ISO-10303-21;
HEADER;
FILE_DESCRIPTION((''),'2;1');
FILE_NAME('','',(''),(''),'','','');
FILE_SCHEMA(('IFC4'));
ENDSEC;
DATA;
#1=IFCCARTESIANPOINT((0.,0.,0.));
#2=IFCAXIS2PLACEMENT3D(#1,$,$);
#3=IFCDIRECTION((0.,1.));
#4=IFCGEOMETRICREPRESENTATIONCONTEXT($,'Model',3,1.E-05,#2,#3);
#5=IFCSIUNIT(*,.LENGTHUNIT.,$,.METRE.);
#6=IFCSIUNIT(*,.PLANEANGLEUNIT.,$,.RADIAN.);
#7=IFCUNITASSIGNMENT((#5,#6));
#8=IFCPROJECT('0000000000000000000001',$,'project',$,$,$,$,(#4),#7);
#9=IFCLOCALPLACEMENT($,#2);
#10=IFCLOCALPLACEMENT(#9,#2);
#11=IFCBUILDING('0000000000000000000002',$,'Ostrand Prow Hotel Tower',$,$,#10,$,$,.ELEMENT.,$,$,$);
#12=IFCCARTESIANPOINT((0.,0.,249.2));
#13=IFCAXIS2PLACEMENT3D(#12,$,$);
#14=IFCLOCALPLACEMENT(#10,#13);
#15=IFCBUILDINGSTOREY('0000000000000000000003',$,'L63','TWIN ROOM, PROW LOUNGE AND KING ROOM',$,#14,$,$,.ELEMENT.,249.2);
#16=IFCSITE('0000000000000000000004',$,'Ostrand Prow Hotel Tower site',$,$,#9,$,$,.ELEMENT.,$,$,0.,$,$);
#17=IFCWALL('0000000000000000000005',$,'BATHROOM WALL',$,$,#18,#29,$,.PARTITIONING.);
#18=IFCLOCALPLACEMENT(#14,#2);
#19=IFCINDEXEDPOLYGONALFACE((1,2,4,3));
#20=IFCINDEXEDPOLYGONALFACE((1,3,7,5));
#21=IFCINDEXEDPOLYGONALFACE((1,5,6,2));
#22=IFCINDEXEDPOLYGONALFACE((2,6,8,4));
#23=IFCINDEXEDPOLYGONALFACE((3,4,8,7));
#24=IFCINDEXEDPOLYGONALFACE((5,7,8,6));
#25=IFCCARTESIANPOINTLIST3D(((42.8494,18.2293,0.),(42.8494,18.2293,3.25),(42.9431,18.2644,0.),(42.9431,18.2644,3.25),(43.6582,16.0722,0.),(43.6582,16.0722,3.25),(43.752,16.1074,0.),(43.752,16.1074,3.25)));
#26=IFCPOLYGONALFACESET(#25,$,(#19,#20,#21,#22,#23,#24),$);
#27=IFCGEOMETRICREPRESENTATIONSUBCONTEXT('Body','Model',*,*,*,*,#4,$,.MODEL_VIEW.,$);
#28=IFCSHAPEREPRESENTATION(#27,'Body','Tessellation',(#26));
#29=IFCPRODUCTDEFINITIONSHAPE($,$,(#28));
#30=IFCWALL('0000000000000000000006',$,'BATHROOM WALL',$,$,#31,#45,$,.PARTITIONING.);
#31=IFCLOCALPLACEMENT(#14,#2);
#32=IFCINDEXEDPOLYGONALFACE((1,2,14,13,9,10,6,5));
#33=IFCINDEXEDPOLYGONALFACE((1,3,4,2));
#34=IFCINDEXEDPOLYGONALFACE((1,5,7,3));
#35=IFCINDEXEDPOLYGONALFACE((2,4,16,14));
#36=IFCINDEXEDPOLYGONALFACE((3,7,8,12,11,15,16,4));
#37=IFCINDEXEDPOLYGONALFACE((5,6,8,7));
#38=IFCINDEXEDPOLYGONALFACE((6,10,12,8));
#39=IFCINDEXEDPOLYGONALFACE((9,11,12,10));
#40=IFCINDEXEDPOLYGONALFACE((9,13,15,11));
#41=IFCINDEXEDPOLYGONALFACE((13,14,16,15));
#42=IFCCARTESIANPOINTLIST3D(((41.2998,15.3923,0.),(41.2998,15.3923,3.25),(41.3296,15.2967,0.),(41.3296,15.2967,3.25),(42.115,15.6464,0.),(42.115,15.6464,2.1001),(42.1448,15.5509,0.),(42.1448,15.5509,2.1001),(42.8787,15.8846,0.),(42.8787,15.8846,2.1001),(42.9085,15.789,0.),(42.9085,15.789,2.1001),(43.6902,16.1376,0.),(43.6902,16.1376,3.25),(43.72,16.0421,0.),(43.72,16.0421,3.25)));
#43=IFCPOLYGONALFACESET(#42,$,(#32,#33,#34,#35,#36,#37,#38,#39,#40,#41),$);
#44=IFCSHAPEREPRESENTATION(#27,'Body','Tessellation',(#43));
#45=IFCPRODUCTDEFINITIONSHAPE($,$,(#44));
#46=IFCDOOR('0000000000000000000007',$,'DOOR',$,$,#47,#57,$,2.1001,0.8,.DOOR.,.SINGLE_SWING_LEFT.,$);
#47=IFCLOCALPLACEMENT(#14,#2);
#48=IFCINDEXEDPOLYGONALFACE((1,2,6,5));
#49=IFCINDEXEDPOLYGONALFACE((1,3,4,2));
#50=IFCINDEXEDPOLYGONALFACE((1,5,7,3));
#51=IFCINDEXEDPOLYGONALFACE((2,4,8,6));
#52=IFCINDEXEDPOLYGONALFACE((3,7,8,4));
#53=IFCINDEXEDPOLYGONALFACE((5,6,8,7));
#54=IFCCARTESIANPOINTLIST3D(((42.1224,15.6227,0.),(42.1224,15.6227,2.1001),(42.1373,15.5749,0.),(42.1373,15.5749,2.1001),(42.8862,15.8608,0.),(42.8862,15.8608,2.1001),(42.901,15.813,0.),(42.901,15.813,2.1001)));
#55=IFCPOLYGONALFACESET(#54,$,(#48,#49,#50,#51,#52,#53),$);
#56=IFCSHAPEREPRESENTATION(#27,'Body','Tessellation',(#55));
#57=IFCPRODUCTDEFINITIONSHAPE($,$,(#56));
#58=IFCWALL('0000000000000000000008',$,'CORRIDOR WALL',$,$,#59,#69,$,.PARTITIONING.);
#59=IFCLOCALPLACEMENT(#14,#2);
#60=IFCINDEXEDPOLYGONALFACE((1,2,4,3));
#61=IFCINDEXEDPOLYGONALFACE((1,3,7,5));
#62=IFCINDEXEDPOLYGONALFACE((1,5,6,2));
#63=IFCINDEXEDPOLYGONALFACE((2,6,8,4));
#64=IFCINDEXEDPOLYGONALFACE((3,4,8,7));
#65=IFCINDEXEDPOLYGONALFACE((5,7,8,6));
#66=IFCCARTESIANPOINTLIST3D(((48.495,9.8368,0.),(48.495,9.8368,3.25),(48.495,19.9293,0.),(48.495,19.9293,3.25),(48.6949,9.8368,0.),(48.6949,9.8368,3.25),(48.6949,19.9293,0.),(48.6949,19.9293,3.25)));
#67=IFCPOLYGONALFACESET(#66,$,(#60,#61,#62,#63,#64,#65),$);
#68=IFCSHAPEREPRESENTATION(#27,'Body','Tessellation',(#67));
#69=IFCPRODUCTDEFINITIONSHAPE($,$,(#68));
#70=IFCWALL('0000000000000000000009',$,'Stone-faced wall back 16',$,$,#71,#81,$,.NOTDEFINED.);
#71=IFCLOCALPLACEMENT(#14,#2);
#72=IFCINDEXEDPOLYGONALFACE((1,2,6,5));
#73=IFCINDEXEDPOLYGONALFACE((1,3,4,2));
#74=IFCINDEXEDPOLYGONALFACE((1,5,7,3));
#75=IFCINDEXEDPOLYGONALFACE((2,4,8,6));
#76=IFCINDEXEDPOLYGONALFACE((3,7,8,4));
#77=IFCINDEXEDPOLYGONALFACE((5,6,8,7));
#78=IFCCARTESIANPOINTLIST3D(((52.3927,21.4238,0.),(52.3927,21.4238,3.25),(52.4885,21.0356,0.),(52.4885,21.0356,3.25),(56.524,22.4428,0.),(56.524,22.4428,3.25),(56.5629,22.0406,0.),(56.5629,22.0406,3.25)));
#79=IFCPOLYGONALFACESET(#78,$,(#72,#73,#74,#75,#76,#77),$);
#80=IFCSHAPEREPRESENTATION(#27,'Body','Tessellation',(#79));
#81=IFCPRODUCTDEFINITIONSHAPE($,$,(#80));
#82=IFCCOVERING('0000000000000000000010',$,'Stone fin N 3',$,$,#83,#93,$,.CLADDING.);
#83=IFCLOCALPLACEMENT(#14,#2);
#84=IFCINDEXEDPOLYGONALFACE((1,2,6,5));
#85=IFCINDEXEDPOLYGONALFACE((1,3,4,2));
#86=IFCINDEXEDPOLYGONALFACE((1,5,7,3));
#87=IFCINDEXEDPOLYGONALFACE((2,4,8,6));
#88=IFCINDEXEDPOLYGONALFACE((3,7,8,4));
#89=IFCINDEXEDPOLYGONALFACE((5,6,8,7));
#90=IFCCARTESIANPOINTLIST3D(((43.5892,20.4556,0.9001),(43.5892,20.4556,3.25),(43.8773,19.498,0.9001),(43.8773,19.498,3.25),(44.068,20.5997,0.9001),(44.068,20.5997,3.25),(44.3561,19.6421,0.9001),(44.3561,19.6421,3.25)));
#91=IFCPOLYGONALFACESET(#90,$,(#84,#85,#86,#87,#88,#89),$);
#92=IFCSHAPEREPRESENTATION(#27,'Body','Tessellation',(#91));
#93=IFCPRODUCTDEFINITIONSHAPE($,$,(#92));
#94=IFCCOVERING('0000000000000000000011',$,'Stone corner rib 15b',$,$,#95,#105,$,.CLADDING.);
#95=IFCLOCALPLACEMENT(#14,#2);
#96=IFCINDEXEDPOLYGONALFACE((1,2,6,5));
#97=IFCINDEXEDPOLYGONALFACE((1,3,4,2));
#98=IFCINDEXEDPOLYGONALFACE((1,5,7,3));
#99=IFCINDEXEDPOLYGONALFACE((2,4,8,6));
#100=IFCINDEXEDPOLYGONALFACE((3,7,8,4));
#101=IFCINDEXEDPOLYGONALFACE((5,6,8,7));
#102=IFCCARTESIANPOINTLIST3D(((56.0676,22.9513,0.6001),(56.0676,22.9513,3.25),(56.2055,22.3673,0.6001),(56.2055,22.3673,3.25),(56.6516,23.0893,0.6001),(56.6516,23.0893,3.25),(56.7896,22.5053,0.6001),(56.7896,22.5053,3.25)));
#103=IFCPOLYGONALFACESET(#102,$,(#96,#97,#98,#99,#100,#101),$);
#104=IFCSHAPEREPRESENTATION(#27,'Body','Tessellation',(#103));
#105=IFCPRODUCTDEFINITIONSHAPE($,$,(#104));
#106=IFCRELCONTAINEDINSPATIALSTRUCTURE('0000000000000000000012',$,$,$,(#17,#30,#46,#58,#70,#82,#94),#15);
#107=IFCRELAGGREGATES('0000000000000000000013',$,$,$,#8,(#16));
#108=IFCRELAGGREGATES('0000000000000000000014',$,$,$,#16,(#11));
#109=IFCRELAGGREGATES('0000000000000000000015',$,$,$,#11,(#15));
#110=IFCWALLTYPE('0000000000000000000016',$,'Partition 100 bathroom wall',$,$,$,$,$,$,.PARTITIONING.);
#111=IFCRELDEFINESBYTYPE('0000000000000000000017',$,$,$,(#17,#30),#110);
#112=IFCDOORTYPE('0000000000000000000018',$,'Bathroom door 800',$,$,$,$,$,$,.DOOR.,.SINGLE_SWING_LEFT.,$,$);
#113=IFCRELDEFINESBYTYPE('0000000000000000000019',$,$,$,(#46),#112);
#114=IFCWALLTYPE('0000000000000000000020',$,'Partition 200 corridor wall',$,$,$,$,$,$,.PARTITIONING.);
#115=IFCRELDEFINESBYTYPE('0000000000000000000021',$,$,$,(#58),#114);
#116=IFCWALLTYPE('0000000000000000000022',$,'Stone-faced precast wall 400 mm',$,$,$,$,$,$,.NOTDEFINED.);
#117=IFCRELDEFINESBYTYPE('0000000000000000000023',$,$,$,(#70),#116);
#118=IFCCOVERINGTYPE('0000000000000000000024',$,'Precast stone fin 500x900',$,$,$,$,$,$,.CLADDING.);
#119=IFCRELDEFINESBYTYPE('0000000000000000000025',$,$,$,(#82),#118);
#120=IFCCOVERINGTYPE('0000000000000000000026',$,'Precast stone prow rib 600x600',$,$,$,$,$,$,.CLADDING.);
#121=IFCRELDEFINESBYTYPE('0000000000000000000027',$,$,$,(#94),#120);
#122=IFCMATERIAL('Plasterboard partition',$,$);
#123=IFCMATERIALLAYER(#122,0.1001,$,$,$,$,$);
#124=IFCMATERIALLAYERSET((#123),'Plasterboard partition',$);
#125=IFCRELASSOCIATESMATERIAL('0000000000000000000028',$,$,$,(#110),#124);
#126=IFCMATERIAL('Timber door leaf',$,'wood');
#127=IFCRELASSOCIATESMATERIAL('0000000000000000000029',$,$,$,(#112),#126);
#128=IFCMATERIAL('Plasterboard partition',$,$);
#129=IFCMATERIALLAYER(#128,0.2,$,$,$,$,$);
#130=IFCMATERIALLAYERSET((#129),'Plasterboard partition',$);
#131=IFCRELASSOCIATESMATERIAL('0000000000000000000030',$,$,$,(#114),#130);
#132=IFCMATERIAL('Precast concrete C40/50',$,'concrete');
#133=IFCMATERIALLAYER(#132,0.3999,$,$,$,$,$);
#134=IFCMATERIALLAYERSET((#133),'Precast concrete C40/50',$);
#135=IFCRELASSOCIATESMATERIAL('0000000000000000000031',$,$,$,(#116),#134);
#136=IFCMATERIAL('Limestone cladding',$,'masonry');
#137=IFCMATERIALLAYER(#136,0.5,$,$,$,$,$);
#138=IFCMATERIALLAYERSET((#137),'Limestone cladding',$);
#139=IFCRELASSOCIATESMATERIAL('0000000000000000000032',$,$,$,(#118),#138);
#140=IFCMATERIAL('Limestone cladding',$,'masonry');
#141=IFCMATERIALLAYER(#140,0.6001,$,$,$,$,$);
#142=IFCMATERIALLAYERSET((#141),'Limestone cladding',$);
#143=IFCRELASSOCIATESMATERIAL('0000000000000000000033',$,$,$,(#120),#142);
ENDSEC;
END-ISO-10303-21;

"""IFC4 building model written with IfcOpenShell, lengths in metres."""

from ifc_helpers import new_model, si_unit, direction, frame, frame_2d, origin, place, context, subcontext, project, spatial, polyline, rectangle, outline, extrude, material, layer, layer_set, type_object, element, fill, save


model = new_model("IFC4")

# Units and contexts
model_context = context("Model", 3, precision=1e-05, world=origin(), true_north=direction((0.0, 1.0)))
body_context = subcontext(model_context, "Body", "Model", "MODEL_VIEW")
ifc_project = project(units=[si_unit("LENGTHUNIT", "METRE"), si_unit("PLANEANGLEUNIT", "RADIAN")], contexts=[model_context])

# Site, building, storey
site_placement = place(None, origin())
site = spatial("IfcSite", under=ifc_project, at=site_placement, Name="Ostrand Prow Hotel Tower site", CompositionType="ELEMENT", RefElevation=0.0)
building_placement = place(site_placement, origin())
building = spatial("IfcBuilding", under=site, at=building_placement, Name="Ostrand Prow Hotel Tower", CompositionType="ELEMENT")
storey_placement = place(building_placement, frame((0.0, 0.0, 249.2)))
storey = spatial("IfcBuildingStorey", under=building, at=storey_placement, Name="L63", Description="TWIN ROOM, PROW LOUNGE AND KING ROOM", CompositionType="ELEMENT", Elevation=249.2)

# Wall
ifc_material_1 = material(Name="Plasterboard partition")
ifc_layer_1 = layer(ifc_material_1, 0.1001)
ifc_layer_set_1 = layer_set([ifc_layer_1], Name="Plasterboard partition")
wall_type_1 = type_object("IfcWallType", Name="Partition 100 bathroom wall", PredefinedType="PARTITIONING", material=ifc_layer_set_1)
wall_1_placement = place(storey_placement, frame((42.8962, 18.2468, 0.0), z_axis=(0.0, 0.0, 1.0), x_axis=(0.351112, -0.936334, 0.0)))
element("IfcWall", 1, at=wall_1_placement, inside=storey, type_object=wall_type_1, Name="BATHROOM WALL", PredefinedType="PARTITIONING", context=body_context, shape_type="SweptSolid", body=[
    extrude(rectangle(XDim=2.3037, YDim=0.1001, at=frame_2d((1.1519, 0.0))), origin(), (0.0, 0.0, 1.0), 3.25),
])

# Wall, opening, door
wall_2_placement = place(storey_placement, frame((43.7051, 16.0898, 0.0), z_axis=(0.0, 0.0, 1.0), x_axis=(-0.954665, -0.297681, 0.0)))
wall_2 = element("IfcWall", 2, at=wall_2_placement, inside=storey, type_object=wall_type_1, Name="BATHROOM WALL", PredefinedType="PARTITIONING", context=body_context, shape_type="SweptSolid", body=[
    extrude(rectangle(XDim=2.5039, YDim=0.1001, at=frame_2d((1.252, 0.0))), origin(), (0.0, 0.0, 1.0), 3.25),
])
opening_placement = place(wall_2_placement, frame((0.8501, 0.0, 0.0)))
opening = element("IfcOpeningElement", 3, at=opening_placement, cuts=wall_2, PredefinedType="OPENING", context=body_context, shape_type="SweptSolid", body=[
    extrude(rectangle(XDim=0.8, YDim=2.1001, at=frame_2d((0.3999, 1.05))), frame((0.0, 0.0601, 0.0), z_axis=(0.0, -1.0, 0.0), x_axis=(1.0, 0.0, 0.0)), (0.0, 0.0, 1.0), 0.1201),
])
ifc_material_2 = material(Name="Timber door leaf", Category="wood")
door_type = type_object("IfcDoorType", Name="Bathroom door 800", OperationType="SINGLE_SWING_LEFT", PredefinedType="DOOR", material=ifc_material_2)
door_placement = place(opening_placement, origin())
door = element("IfcDoor", 4, at=door_placement, inside=storey, type_object=door_type, Name="DOOR", OperationType="SINGLE_SWING_LEFT", OverallHeight=2.1001, OverallWidth=0.8, PredefinedType="DOOR", context=body_context, shape_type="SweptSolid", body=[
    extrude(rectangle(XDim=0.8, YDim=2.1001, at=frame_2d((0.3999, 1.05))), frame((0.0, 0.0249, 0.0), z_axis=(0.0, -1.0, 0.0), x_axis=(1.0, 0.0, 0.0)), (0.0, 0.0, 1.0), 0.05),
])
fill(opening, door)

# Walls
ifc_material_3 = material(Name="Plasterboard partition")
ifc_layer_2 = layer(ifc_material_3, 0.2)
ifc_layer_set_2 = layer_set([ifc_layer_2], Name="Plasterboard partition")
wall_type_2 = type_object("IfcWallType", Name="Partition 200 corridor wall", PredefinedType="PARTITIONING", material=ifc_layer_set_2)
wall_3_placement = place(storey_placement, frame((48.595, 19.9294, 0.0), z_axis=(0.0, 0.0, 1.0), x_axis=(0.0, -1.0, 0.0)))
element("IfcWall", 5, at=wall_3_placement, inside=storey, type_object=wall_type_2, Name="CORRIDOR WALL", PredefinedType="PARTITIONING", context=body_context, shape_type="SweptSolid", body=[
    extrude(rectangle(XDim=10.0925, YDim=0.2, at=frame_2d((5.0464, 0.0))), origin(), (0.0, 0.0, 1.0), 3.25),
])
ifc_material_4 = material(Name="Precast concrete C40/50", Category="concrete")
ifc_layer_3 = layer(ifc_material_4, 0.3999)
ifc_layer_set_3 = layer_set([ifc_layer_3], Name="Precast concrete C40/50")
wall_type_3 = type_object("IfcWallType", Name="Stone-faced precast wall 400 mm", PredefinedType="NOTDEFINED", material=ifc_layer_set_3)
wall_4_placement = place(storey_placement, frame((56.5435, 22.2417, 0.0), z_axis=(0.0, 0.0, 1.0), x_axis=(-0.970902, -0.239476, 0.0)))
element("IfcWall", 6, at=wall_4_placement, inside=storey, type_object=wall_type_3, Name="Stone-faced wall back 16", PredefinedType="NOTDEFINED", context=body_context, shape_type="SweptSolid", body=[
    extrude(outline(polyline([(-0.0293, -0.2), (4.2258, -0.2), (4.2258, 0.2), (0.0293, 0.2), (-0.0293, -0.2)])), origin(), (0.0, 0.0, 1.0), 3.25),
])

# Coverings
ifc_material_5 = material(Name="Limestone cladding", Category="masonry")
ifc_layer_4 = layer(ifc_material_5, 0.5)
ifc_layer_set_4 = layer_set([ifc_layer_4], Name="Limestone cladding")
covering_type_1 = type_object("IfcCoveringType", Name="Precast stone fin 500x900", PredefinedType="CLADDING", material=ifc_layer_set_4)
covering_1_placement = place(storey_placement, frame((44.1167, 19.5701, 0.9001), z_axis=(0.0, 0.0, 1.0), x_axis=(-0.288109, 0.957598, 0.0)))
element("IfcCovering", 7, at=covering_1_placement, inside=storey, type_object=covering_type_1, Name="Stone fin N 3", PredefinedType="CLADDING", context=body_context, shape_type="SweptSolid", body=[
    extrude(rectangle(XDim=1.0, YDim=0.5, at=frame_2d((0.5, 0.0))), origin(), (0.0, 0.0, 1.0), 2.3499),
])
ifc_material_6 = material(Name="Limestone cladding", Category="masonry")
ifc_layer_5 = layer(ifc_material_6, 0.6001)
ifc_layer_set_5 = layer_set([ifc_layer_5], Name="Limestone cladding")
covering_type_2 = type_object("IfcCoveringType", Name="Precast stone prow rib 600x600", PredefinedType="CLADDING", material=ifc_layer_set_5)
covering_2_placement = place(storey_placement, frame((56.4976, 22.4363, 0.6001), z_axis=(0.0, 0.0, 1.0), x_axis=(-0.229878, 0.973219, 0.0)))
element("IfcCovering", 8, at=covering_2_placement, inside=storey, type_object=covering_type_2, Name="Stone corner rib 15b", PredefinedType="CLADDING", context=body_context, shape_type="SweptSolid", body=[
    extrude(rectangle(XDim=0.6001, YDim=0.6001, at=frame_2d((0.3, 0.0))), origin(), (0.0, 0.0, 1.0), 2.6499),
])

save(model, "model.ifc")
